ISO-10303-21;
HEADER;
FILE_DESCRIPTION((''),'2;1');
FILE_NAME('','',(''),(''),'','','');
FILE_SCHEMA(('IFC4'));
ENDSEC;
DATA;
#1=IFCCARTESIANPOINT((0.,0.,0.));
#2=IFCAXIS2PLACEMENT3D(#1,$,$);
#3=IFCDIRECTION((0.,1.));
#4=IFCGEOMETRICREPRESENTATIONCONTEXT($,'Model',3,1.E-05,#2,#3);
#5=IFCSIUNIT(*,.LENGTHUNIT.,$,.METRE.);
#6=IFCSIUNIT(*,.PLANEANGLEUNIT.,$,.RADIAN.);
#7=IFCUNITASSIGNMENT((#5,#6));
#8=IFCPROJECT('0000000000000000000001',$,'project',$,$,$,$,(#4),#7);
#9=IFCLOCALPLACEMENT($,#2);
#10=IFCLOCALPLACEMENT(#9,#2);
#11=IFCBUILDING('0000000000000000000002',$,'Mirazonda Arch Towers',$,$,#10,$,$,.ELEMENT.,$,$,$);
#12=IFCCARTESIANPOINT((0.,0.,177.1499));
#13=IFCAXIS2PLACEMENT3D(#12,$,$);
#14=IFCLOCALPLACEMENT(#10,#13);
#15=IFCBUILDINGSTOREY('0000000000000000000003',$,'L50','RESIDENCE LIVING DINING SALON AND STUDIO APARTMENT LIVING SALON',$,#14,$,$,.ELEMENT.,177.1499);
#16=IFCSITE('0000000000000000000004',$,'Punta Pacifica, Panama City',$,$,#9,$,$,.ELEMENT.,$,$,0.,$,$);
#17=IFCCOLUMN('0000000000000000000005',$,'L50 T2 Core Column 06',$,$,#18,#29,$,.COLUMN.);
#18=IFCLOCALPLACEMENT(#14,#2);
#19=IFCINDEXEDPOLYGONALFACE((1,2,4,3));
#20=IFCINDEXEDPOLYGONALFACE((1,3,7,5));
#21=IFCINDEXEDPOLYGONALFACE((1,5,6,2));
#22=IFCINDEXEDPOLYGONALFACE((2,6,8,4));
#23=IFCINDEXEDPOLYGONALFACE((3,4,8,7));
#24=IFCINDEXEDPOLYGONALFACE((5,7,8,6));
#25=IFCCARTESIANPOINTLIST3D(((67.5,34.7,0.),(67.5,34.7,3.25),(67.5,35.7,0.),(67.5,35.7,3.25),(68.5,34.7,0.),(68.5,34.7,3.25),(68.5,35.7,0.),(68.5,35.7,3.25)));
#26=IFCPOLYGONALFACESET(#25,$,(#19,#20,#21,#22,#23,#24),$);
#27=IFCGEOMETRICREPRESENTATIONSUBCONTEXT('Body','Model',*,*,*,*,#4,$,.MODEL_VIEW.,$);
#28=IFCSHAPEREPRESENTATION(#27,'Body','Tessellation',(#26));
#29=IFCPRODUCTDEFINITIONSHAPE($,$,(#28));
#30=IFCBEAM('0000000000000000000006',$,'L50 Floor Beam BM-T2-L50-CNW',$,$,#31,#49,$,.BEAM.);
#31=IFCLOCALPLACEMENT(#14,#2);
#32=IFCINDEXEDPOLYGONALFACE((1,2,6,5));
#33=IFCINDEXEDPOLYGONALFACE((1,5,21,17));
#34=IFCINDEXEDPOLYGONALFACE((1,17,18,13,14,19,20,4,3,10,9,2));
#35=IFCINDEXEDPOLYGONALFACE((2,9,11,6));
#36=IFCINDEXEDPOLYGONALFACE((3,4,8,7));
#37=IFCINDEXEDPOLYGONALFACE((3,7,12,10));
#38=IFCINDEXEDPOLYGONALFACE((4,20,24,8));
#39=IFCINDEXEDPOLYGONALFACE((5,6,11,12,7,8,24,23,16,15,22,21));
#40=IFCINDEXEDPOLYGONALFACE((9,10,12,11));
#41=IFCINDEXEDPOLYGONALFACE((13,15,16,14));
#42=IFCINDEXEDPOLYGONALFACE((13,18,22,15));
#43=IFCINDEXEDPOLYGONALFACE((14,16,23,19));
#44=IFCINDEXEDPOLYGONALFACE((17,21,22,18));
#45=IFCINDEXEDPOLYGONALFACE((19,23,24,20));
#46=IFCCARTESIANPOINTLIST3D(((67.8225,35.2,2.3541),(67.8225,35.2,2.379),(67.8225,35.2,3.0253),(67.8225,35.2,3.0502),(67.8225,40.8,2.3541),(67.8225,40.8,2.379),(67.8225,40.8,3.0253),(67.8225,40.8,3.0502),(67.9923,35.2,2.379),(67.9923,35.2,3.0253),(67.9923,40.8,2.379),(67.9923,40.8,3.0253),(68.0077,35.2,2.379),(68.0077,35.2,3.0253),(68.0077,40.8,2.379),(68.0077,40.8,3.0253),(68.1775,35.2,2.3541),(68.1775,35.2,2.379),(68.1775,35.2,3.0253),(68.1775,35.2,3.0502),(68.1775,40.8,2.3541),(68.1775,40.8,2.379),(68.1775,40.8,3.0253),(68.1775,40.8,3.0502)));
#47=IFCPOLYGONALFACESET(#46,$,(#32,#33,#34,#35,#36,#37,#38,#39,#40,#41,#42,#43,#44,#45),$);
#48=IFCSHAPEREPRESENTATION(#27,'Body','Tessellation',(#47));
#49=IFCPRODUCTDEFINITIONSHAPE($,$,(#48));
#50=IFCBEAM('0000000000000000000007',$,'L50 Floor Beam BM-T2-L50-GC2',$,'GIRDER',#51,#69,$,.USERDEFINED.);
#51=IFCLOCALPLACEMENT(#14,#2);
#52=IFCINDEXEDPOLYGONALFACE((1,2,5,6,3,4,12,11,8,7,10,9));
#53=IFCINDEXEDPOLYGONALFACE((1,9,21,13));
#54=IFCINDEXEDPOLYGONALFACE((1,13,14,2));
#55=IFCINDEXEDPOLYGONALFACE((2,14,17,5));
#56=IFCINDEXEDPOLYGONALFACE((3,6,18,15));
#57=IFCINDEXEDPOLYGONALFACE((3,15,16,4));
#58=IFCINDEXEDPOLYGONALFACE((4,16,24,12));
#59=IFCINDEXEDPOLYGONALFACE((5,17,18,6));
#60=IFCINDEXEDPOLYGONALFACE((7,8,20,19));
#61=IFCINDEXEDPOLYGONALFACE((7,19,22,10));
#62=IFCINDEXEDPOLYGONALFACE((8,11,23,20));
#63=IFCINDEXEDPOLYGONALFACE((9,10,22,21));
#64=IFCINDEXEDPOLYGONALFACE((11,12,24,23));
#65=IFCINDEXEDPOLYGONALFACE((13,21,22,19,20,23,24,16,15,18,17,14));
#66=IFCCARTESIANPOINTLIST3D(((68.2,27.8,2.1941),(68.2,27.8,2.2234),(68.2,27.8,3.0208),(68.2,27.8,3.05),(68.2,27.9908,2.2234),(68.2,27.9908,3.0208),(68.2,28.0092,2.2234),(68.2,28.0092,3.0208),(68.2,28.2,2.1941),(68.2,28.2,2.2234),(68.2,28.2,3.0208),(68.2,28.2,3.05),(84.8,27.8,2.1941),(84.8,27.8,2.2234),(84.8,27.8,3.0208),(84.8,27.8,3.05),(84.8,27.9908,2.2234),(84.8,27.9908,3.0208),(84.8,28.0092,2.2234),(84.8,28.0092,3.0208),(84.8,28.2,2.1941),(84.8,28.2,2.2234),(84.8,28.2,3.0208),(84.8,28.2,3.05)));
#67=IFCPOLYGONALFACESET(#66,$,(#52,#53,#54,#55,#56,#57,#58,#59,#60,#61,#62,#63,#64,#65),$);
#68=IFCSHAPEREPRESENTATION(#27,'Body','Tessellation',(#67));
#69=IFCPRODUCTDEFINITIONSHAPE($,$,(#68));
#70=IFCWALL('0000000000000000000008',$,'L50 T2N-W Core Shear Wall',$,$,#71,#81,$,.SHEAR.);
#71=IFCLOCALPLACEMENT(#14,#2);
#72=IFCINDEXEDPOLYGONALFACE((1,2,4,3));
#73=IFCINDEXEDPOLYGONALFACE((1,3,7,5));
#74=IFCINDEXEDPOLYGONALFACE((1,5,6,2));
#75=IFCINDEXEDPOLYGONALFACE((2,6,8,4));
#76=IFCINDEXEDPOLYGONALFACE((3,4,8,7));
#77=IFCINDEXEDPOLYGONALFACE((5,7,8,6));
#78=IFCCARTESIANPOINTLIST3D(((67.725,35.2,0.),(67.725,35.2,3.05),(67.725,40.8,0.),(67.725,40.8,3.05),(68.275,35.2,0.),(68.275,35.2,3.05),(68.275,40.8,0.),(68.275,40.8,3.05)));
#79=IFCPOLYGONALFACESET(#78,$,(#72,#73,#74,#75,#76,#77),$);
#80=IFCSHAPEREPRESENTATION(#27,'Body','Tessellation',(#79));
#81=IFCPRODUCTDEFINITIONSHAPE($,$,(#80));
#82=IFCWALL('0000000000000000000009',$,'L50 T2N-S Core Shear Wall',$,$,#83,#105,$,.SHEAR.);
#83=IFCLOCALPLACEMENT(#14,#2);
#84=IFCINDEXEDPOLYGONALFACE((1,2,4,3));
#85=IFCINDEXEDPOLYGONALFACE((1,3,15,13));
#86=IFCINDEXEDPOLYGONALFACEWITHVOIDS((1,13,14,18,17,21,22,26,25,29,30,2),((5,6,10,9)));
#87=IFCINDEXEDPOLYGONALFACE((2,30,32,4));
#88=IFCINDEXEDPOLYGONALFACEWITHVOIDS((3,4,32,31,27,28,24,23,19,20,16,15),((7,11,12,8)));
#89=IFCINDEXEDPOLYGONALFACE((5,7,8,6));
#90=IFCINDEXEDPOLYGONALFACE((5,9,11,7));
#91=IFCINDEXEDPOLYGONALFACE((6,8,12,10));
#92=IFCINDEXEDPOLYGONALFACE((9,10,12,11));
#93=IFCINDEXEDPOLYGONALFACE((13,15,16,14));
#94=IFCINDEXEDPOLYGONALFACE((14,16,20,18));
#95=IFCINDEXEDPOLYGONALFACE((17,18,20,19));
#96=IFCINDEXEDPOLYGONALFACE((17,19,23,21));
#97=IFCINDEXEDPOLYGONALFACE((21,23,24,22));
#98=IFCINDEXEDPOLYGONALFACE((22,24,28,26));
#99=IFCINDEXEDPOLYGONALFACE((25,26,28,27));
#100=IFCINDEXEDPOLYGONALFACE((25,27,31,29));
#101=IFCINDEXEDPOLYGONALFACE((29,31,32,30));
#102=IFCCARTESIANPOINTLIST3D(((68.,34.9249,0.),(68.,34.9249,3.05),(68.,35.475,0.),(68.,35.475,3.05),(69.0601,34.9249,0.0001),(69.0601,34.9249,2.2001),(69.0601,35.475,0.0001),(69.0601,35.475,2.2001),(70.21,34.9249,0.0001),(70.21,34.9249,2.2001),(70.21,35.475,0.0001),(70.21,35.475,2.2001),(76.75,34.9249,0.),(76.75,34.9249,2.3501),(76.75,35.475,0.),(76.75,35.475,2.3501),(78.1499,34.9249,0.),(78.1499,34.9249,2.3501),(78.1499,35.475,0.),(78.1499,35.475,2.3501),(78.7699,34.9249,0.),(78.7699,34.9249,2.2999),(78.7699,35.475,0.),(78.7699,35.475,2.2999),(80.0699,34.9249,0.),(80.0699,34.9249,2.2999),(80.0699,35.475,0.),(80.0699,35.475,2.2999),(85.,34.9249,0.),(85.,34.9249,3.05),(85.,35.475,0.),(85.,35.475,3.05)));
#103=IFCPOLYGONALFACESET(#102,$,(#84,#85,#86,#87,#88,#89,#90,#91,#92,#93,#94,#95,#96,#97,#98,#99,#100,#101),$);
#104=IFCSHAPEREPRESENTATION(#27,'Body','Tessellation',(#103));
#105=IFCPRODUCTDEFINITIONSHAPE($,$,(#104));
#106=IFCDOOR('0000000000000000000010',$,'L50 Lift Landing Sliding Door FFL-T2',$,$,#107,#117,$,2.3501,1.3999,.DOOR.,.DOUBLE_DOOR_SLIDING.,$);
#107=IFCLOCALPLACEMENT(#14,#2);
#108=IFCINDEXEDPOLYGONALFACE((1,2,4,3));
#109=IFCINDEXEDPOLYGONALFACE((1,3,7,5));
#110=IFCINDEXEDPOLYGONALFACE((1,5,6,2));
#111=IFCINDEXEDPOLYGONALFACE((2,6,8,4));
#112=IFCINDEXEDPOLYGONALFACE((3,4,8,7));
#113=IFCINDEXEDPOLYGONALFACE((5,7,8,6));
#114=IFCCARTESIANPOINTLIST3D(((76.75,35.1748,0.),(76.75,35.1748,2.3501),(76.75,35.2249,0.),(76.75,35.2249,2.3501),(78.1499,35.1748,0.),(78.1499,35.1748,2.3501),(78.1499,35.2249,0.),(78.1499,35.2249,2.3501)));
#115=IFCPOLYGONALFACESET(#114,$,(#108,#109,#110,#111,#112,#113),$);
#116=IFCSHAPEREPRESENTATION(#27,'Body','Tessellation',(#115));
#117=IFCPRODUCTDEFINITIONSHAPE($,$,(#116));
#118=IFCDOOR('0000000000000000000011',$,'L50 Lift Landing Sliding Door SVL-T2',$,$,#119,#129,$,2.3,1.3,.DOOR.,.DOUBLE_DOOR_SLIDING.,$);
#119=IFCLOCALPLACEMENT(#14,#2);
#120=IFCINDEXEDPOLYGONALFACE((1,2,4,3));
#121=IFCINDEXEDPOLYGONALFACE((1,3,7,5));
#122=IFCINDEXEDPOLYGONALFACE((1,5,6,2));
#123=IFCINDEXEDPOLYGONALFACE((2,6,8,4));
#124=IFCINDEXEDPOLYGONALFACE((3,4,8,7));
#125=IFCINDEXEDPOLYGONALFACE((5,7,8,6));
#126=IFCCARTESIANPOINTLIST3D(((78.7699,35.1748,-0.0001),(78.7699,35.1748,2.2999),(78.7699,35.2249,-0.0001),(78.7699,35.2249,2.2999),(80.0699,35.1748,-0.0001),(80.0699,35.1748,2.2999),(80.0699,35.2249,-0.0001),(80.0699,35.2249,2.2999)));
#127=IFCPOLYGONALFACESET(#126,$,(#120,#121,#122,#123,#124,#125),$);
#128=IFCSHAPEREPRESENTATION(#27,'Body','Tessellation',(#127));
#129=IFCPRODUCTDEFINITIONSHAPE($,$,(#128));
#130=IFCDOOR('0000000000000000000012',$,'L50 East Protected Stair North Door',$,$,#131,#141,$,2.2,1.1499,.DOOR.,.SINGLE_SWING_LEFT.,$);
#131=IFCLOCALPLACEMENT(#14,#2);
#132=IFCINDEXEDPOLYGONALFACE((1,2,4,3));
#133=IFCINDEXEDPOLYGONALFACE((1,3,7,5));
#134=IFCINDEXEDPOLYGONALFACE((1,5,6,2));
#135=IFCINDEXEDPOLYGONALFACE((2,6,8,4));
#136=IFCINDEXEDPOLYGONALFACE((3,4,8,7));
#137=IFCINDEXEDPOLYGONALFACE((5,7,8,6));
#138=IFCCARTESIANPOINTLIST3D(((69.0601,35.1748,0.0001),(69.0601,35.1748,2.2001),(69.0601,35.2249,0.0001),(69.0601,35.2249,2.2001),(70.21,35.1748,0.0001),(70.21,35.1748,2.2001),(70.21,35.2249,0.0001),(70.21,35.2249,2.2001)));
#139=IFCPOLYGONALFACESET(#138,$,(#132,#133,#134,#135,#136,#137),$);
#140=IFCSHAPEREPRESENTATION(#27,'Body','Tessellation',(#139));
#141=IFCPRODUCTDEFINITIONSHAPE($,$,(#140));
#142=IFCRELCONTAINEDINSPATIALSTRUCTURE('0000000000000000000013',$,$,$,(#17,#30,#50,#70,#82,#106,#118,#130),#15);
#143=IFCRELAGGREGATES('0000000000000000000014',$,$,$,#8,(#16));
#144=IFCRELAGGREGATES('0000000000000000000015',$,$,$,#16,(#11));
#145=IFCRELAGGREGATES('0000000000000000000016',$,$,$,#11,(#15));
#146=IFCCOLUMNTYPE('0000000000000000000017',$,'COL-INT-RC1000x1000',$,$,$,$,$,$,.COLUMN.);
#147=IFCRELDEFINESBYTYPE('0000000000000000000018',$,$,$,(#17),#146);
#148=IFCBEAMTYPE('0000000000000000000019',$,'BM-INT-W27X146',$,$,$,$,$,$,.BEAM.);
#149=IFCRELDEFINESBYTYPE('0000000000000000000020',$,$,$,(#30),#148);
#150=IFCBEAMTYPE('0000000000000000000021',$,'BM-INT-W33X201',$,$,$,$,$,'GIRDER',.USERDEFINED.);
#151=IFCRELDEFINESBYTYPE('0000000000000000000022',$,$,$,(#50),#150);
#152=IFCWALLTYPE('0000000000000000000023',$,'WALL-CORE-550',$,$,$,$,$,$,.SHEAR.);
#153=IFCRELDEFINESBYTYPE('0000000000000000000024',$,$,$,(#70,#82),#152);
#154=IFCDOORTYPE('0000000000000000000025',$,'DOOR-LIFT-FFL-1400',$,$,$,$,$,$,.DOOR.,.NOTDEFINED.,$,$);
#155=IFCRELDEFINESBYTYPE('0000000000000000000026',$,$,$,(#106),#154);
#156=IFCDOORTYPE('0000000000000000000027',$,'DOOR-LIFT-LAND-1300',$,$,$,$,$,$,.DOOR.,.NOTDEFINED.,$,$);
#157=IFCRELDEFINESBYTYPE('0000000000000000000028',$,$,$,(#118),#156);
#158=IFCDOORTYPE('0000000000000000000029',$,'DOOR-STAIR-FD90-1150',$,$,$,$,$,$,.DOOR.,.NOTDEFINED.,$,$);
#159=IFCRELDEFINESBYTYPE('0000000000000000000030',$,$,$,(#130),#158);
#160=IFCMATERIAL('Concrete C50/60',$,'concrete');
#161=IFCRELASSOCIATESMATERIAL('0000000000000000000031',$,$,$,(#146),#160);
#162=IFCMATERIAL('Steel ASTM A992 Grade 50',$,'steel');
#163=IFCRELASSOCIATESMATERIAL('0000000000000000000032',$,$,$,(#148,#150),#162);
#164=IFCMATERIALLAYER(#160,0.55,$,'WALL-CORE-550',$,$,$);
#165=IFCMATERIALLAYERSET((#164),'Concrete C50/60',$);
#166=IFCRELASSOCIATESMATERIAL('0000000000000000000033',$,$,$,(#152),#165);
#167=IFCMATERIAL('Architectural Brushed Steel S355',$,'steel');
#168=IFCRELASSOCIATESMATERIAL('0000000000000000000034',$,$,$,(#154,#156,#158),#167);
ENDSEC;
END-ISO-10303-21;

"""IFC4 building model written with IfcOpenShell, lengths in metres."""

from ifc_helpers import new_model, si_unit, direction, frame, frame_2d, origin, origin_2d, place, context, subcontext, project, spatial, rectangle, i_section, extrude, material, layer, layer_set, material_profile, profile_set, type_object, element, fill, save


model = new_model("IFC4")

# Units and contexts
model_context = context("Model", 3, precision=1e-05, world=origin(), true_north=direction((0.0, 1.0)))
body_context = subcontext(model_context, "Body", "Model", "MODEL_VIEW")
ifc_project = project(units=[si_unit("LENGTHUNIT", "METRE"), si_unit("PLANEANGLEUNIT", "RADIAN")], contexts=[model_context])

# Site, building, storey
site_placement = place(None, origin())
site = spatial("IfcSite", under=ifc_project, at=site_placement, Name="Punta Pacifica, Panama City", CompositionType="ELEMENT", RefElevation=0.0)
building_placement = place(site_placement, origin())
building = spatial("IfcBuilding", under=site, at=building_placement, Name="Mirazonda Arch Towers", CompositionType="ELEMENT")
storey_placement = place(building_placement, frame((0.0, 0.0, 177.1499)))
storey = spatial("IfcBuildingStorey", under=building, at=storey_placement, Name="L50", Description="RESIDENCE LIVING DINING SALON AND STUDIO APARTMENT LIVING SALON", CompositionType="ELEMENT", Elevation=177.1499)

# Column
ifc_material_1 = material(Name="Concrete C50/60", Category="concrete")
ifc_material_profile_1 = material_profile(ifc_material_1, rectangle(XDim=1.0, YDim=1.0, at=origin_2d()), Name="RC1000x1000")
ifc_profile_set_1 = profile_set([ifc_material_profile_1], Name="Concrete C50/60")
column_type = type_object("IfcColumnType", Name="COL-INT-RC1000x1000", PredefinedType="COLUMN", material=ifc_profile_set_1)
column_placement = place(storey_placement, frame((68.0, 35.2, 0.0), z_axis=(0.0, 0.0, 1.0), x_axis=(1.0, 0.0, 0.0)))
element("IfcColumn", 1, at=column_placement, inside=storey, type_object=column_type, Name="L50 T2 Core Column 06", PredefinedType="COLUMN", context=body_context, shape_type="SweptSolid", body=[
    extrude(rectangle(XDim=1.0, YDim=1.0, at=origin_2d()), origin(), (0.0, 0.0, 1.0), 3.25),
])

# Beams
ifc_material_2 = material(Name="Steel ASTM A992 Grade 50", Category="steel")
ifc_material_profile_2 = material_profile(ifc_material_2, i_section(OverallWidth=0.355, OverallDepth=0.696, WebThickness=0.0154, FlangeThickness=0.0249, at=origin_2d()), Name="W27X146")
ifc_profile_set_2 = profile_set([ifc_material_profile_2], Name="Steel ASTM A992 Grade 50")
beam_type_1 = type_object("IfcBeamType", Name="BM-INT-W27X146", PredefinedType="BEAM", material=ifc_profile_set_2)
beam_1_placement = place(storey_placement, frame((68.0, 35.2, 2.7021), z_axis=(0.0, 1.0, 0.0), x_axis=(-1.0, 0.0, 0.0)))
element("IfcBeam", 2, at=beam_1_placement, inside=storey, type_object=beam_type_1, Name="L50 Floor Beam BM-T2-L50-CNW", PredefinedType="BEAM", context=body_context, shape_type="SweptSolid", body=[
    extrude(i_section(OverallWidth=0.355, OverallDepth=0.696, WebThickness=0.0154, FlangeThickness=0.0249, at=origin_2d()), origin(), (0.0, 0.0, 1.0), 5.6001),
])
ifc_material_profile_3 = material_profile(ifc_material_2, i_section(OverallWidth=0.3999, OverallDepth=0.856, WebThickness=0.0183, FlangeThickness=0.0293, at=origin_2d()), Name="W33X201")
ifc_profile_set_3 = profile_set([ifc_material_profile_3], Name="Steel ASTM A992 Grade 50")
beam_type_2 = type_object("IfcBeamType", Name="BM-INT-W33X201", ElementType="GIRDER", PredefinedType="USERDEFINED", material=ifc_profile_set_3)
beam_2_placement = place(storey_placement, frame((68.2, 28.0, 2.6221), z_axis=(1.0, 0.0, 0.0), x_axis=(0.0, 1.0, 0.0)))
element("IfcBeam", 3, at=beam_2_placement, inside=storey, type_object=beam_type_2, Name="L50 Floor Beam BM-T2-L50-GC2", ObjectType="GIRDER", PredefinedType="USERDEFINED", context=body_context, shape_type="SweptSolid", body=[
    extrude(i_section(OverallWidth=0.3999, OverallDepth=0.856, WebThickness=0.0183, FlangeThickness=0.0293, at=origin_2d()), origin(), (0.0, 0.0, 1.0), 16.6001),
])

# Wall
ifc_layer_1 = layer(ifc_material_1, 0.55, Name="WALL-CORE-550")
ifc_layer_set_1 = layer_set([ifc_layer_1], Name="Concrete C50/60")
wall_type_1 = type_object("IfcWallType", Name="WALL-CORE-550", PredefinedType="SHEAR", material=ifc_layer_set_1)
wall_1_placement = place(storey_placement, frame((68.0, 35.2, 0.0), z_axis=(0.0, 0.0, 1.0), x_axis=(0.0, 1.0, 0.0)))
element("IfcWall", 4, at=wall_1_placement, inside=storey, type_object=wall_type_1, Name="L50 T2N-W Core Shear Wall", PredefinedType="SHEAR", context=body_context, shape_type="SweptSolid", body=[
    extrude(rectangle(XDim=5.6001, YDim=0.55, at=frame_2d((2.8, 0.0))), origin(), (0.0, 0.0, 1.0), 3.05),
])

# Wall, openings, doors
wall_2_placement = place(storey_placement, frame((68.0, 35.2, 0.0), z_axis=(0.0, 0.0, 1.0), x_axis=(1.0, 0.0, 0.0)))
wall_2 = element("IfcWall", 5, at=wall_2_placement, inside=storey, type_object=wall_type_1, Name="L50 T2N-S Core Shear Wall", PredefinedType="SHEAR", context=body_context, shape_type="SweptSolid", body=[
    extrude(rectangle(XDim=17.0, YDim=0.55, at=frame_2d((8.5, 0.0))), origin(), (0.0, 0.0, 1.0), 3.05),
])
opening_1_placement = place(wall_2_placement, frame((1.0601, 0.0, 0.0)))
opening_1 = element("IfcOpeningElement", 6, at=opening_1_placement, cuts=wall_2, PredefinedType="OPENING", context=body_context, shape_type="SweptSolid", body=[
    extrude(rectangle(XDim=1.1499, YDim=2.2, at=frame_2d((0.575, 1.1001))), frame((0.0, 0.2849, 0.0), z_axis=(0.0, -1.0, 0.0), x_axis=(1.0, 0.0, 0.0)), (0.0, 0.0, 1.0), 0.5701),
])
opening_2_placement = place(wall_2_placement, frame((8.75, 0.0, 0.0)))
opening_2 = element("IfcOpeningElement", 7, at=opening_2_placement, cuts=wall_2, PredefinedType="OPENING", context=body_context, shape_type="SweptSolid", body=[
    extrude(rectangle(XDim=1.3999, YDim=2.3501, at=frame_2d((0.7, 1.175))), frame((0.0, 0.2849, 0.0), z_axis=(0.0, -1.0, 0.0), x_axis=(1.0, 0.0, 0.0)), (0.0, 0.0, 1.0), 0.5701),
])
opening_3_placement = place(wall_2_placement, frame((10.77, 0.0, 0.0)))
opening_3 = element("IfcOpeningElement", 8, at=opening_3_placement, cuts=wall_2, PredefinedType="OPENING", context=body_context, shape_type="SweptSolid", body=[
    extrude(rectangle(XDim=1.3, YDim=2.3, at=frame_2d((0.6499, 1.1499))), frame((0.0, 0.2849, 0.0), z_axis=(0.0, -1.0, 0.0), x_axis=(1.0, 0.0, 0.0)), (0.0, 0.0, 1.0), 0.5701),
])
ifc_material_3 = material(Name="Architectural Brushed Steel S355", Category="steel")
door_type_1 = type_object("IfcDoorType", Name="DOOR-LIFT-FFL-1400", OperationType="NOTDEFINED", PredefinedType="DOOR", material=ifc_material_3)
door_1_placement = place(opening_2_placement, origin())
door_1 = element("IfcDoor", 9, at=door_1_placement, inside=storey, type_object=door_type_1, Name="L50 Lift Landing Sliding Door FFL-T2", OperationType="DOUBLE_DOOR_SLIDING", OverallHeight=2.3501, OverallWidth=1.3999, PredefinedType="DOOR", context=body_context, shape_type="SweptSolid", body=[
    extrude(rectangle(XDim=1.3999, YDim=2.3501, at=frame_2d((0.7, 1.175))), frame((0.0, 0.0249, 0.0), z_axis=(0.0, -1.0, 0.0), x_axis=(1.0, 0.0, 0.0)), (0.0, 0.0, 1.0), 0.05),
])
fill(opening_2, door_1)
door_type_2 = type_object("IfcDoorType", Name="DOOR-LIFT-LAND-1300", OperationType="NOTDEFINED", PredefinedType="DOOR", material=ifc_material_3)
door_2_placement = place(opening_3_placement, origin())
door_2 = element("IfcDoor", 10, at=door_2_placement, inside=storey, type_object=door_type_2, Name="L50 Lift Landing Sliding Door SVL-T2", OperationType="DOUBLE_DOOR_SLIDING", OverallHeight=2.3, OverallWidth=1.3, PredefinedType="DOOR", context=body_context, shape_type="SweptSolid", body=[
    extrude(rectangle(XDim=1.3, YDim=2.3, at=frame_2d((0.6499, 1.1499))), frame((0.0, 0.0249, 0.0), z_axis=(0.0, -1.0, 0.0), x_axis=(1.0, 0.0, 0.0)), (0.0, 0.0, 1.0), 0.05),
])
fill(opening_3, door_2)
door_type_3 = type_object("IfcDoorType", Name="DOOR-STAIR-FD90-1150", OperationType="NOTDEFINED", PredefinedType="DOOR", material=ifc_material_3)
door_3_placement = place(opening_1_placement, origin())
door_3 = element("IfcDoor", 11, at=door_3_placement, inside=storey, type_object=door_type_3, Name="L50 East Protected Stair North Door", OperationType="SINGLE_SWING_LEFT", OverallHeight=2.2, OverallWidth=1.1499, PredefinedType="DOOR", context=body_context, shape_type="SweptSolid", body=[
    extrude(rectangle(XDim=1.1499, YDim=2.2, at=frame_2d((0.575, 1.1001))), frame((0.0, 0.0249, 0.0), z_axis=(0.0, -1.0, 0.0), x_axis=(1.0, 0.0, 0.0)), (0.0, 0.0, 1.0), 0.05),
])
fill(opening_1, door_3)

save(model, "model.ifc")
